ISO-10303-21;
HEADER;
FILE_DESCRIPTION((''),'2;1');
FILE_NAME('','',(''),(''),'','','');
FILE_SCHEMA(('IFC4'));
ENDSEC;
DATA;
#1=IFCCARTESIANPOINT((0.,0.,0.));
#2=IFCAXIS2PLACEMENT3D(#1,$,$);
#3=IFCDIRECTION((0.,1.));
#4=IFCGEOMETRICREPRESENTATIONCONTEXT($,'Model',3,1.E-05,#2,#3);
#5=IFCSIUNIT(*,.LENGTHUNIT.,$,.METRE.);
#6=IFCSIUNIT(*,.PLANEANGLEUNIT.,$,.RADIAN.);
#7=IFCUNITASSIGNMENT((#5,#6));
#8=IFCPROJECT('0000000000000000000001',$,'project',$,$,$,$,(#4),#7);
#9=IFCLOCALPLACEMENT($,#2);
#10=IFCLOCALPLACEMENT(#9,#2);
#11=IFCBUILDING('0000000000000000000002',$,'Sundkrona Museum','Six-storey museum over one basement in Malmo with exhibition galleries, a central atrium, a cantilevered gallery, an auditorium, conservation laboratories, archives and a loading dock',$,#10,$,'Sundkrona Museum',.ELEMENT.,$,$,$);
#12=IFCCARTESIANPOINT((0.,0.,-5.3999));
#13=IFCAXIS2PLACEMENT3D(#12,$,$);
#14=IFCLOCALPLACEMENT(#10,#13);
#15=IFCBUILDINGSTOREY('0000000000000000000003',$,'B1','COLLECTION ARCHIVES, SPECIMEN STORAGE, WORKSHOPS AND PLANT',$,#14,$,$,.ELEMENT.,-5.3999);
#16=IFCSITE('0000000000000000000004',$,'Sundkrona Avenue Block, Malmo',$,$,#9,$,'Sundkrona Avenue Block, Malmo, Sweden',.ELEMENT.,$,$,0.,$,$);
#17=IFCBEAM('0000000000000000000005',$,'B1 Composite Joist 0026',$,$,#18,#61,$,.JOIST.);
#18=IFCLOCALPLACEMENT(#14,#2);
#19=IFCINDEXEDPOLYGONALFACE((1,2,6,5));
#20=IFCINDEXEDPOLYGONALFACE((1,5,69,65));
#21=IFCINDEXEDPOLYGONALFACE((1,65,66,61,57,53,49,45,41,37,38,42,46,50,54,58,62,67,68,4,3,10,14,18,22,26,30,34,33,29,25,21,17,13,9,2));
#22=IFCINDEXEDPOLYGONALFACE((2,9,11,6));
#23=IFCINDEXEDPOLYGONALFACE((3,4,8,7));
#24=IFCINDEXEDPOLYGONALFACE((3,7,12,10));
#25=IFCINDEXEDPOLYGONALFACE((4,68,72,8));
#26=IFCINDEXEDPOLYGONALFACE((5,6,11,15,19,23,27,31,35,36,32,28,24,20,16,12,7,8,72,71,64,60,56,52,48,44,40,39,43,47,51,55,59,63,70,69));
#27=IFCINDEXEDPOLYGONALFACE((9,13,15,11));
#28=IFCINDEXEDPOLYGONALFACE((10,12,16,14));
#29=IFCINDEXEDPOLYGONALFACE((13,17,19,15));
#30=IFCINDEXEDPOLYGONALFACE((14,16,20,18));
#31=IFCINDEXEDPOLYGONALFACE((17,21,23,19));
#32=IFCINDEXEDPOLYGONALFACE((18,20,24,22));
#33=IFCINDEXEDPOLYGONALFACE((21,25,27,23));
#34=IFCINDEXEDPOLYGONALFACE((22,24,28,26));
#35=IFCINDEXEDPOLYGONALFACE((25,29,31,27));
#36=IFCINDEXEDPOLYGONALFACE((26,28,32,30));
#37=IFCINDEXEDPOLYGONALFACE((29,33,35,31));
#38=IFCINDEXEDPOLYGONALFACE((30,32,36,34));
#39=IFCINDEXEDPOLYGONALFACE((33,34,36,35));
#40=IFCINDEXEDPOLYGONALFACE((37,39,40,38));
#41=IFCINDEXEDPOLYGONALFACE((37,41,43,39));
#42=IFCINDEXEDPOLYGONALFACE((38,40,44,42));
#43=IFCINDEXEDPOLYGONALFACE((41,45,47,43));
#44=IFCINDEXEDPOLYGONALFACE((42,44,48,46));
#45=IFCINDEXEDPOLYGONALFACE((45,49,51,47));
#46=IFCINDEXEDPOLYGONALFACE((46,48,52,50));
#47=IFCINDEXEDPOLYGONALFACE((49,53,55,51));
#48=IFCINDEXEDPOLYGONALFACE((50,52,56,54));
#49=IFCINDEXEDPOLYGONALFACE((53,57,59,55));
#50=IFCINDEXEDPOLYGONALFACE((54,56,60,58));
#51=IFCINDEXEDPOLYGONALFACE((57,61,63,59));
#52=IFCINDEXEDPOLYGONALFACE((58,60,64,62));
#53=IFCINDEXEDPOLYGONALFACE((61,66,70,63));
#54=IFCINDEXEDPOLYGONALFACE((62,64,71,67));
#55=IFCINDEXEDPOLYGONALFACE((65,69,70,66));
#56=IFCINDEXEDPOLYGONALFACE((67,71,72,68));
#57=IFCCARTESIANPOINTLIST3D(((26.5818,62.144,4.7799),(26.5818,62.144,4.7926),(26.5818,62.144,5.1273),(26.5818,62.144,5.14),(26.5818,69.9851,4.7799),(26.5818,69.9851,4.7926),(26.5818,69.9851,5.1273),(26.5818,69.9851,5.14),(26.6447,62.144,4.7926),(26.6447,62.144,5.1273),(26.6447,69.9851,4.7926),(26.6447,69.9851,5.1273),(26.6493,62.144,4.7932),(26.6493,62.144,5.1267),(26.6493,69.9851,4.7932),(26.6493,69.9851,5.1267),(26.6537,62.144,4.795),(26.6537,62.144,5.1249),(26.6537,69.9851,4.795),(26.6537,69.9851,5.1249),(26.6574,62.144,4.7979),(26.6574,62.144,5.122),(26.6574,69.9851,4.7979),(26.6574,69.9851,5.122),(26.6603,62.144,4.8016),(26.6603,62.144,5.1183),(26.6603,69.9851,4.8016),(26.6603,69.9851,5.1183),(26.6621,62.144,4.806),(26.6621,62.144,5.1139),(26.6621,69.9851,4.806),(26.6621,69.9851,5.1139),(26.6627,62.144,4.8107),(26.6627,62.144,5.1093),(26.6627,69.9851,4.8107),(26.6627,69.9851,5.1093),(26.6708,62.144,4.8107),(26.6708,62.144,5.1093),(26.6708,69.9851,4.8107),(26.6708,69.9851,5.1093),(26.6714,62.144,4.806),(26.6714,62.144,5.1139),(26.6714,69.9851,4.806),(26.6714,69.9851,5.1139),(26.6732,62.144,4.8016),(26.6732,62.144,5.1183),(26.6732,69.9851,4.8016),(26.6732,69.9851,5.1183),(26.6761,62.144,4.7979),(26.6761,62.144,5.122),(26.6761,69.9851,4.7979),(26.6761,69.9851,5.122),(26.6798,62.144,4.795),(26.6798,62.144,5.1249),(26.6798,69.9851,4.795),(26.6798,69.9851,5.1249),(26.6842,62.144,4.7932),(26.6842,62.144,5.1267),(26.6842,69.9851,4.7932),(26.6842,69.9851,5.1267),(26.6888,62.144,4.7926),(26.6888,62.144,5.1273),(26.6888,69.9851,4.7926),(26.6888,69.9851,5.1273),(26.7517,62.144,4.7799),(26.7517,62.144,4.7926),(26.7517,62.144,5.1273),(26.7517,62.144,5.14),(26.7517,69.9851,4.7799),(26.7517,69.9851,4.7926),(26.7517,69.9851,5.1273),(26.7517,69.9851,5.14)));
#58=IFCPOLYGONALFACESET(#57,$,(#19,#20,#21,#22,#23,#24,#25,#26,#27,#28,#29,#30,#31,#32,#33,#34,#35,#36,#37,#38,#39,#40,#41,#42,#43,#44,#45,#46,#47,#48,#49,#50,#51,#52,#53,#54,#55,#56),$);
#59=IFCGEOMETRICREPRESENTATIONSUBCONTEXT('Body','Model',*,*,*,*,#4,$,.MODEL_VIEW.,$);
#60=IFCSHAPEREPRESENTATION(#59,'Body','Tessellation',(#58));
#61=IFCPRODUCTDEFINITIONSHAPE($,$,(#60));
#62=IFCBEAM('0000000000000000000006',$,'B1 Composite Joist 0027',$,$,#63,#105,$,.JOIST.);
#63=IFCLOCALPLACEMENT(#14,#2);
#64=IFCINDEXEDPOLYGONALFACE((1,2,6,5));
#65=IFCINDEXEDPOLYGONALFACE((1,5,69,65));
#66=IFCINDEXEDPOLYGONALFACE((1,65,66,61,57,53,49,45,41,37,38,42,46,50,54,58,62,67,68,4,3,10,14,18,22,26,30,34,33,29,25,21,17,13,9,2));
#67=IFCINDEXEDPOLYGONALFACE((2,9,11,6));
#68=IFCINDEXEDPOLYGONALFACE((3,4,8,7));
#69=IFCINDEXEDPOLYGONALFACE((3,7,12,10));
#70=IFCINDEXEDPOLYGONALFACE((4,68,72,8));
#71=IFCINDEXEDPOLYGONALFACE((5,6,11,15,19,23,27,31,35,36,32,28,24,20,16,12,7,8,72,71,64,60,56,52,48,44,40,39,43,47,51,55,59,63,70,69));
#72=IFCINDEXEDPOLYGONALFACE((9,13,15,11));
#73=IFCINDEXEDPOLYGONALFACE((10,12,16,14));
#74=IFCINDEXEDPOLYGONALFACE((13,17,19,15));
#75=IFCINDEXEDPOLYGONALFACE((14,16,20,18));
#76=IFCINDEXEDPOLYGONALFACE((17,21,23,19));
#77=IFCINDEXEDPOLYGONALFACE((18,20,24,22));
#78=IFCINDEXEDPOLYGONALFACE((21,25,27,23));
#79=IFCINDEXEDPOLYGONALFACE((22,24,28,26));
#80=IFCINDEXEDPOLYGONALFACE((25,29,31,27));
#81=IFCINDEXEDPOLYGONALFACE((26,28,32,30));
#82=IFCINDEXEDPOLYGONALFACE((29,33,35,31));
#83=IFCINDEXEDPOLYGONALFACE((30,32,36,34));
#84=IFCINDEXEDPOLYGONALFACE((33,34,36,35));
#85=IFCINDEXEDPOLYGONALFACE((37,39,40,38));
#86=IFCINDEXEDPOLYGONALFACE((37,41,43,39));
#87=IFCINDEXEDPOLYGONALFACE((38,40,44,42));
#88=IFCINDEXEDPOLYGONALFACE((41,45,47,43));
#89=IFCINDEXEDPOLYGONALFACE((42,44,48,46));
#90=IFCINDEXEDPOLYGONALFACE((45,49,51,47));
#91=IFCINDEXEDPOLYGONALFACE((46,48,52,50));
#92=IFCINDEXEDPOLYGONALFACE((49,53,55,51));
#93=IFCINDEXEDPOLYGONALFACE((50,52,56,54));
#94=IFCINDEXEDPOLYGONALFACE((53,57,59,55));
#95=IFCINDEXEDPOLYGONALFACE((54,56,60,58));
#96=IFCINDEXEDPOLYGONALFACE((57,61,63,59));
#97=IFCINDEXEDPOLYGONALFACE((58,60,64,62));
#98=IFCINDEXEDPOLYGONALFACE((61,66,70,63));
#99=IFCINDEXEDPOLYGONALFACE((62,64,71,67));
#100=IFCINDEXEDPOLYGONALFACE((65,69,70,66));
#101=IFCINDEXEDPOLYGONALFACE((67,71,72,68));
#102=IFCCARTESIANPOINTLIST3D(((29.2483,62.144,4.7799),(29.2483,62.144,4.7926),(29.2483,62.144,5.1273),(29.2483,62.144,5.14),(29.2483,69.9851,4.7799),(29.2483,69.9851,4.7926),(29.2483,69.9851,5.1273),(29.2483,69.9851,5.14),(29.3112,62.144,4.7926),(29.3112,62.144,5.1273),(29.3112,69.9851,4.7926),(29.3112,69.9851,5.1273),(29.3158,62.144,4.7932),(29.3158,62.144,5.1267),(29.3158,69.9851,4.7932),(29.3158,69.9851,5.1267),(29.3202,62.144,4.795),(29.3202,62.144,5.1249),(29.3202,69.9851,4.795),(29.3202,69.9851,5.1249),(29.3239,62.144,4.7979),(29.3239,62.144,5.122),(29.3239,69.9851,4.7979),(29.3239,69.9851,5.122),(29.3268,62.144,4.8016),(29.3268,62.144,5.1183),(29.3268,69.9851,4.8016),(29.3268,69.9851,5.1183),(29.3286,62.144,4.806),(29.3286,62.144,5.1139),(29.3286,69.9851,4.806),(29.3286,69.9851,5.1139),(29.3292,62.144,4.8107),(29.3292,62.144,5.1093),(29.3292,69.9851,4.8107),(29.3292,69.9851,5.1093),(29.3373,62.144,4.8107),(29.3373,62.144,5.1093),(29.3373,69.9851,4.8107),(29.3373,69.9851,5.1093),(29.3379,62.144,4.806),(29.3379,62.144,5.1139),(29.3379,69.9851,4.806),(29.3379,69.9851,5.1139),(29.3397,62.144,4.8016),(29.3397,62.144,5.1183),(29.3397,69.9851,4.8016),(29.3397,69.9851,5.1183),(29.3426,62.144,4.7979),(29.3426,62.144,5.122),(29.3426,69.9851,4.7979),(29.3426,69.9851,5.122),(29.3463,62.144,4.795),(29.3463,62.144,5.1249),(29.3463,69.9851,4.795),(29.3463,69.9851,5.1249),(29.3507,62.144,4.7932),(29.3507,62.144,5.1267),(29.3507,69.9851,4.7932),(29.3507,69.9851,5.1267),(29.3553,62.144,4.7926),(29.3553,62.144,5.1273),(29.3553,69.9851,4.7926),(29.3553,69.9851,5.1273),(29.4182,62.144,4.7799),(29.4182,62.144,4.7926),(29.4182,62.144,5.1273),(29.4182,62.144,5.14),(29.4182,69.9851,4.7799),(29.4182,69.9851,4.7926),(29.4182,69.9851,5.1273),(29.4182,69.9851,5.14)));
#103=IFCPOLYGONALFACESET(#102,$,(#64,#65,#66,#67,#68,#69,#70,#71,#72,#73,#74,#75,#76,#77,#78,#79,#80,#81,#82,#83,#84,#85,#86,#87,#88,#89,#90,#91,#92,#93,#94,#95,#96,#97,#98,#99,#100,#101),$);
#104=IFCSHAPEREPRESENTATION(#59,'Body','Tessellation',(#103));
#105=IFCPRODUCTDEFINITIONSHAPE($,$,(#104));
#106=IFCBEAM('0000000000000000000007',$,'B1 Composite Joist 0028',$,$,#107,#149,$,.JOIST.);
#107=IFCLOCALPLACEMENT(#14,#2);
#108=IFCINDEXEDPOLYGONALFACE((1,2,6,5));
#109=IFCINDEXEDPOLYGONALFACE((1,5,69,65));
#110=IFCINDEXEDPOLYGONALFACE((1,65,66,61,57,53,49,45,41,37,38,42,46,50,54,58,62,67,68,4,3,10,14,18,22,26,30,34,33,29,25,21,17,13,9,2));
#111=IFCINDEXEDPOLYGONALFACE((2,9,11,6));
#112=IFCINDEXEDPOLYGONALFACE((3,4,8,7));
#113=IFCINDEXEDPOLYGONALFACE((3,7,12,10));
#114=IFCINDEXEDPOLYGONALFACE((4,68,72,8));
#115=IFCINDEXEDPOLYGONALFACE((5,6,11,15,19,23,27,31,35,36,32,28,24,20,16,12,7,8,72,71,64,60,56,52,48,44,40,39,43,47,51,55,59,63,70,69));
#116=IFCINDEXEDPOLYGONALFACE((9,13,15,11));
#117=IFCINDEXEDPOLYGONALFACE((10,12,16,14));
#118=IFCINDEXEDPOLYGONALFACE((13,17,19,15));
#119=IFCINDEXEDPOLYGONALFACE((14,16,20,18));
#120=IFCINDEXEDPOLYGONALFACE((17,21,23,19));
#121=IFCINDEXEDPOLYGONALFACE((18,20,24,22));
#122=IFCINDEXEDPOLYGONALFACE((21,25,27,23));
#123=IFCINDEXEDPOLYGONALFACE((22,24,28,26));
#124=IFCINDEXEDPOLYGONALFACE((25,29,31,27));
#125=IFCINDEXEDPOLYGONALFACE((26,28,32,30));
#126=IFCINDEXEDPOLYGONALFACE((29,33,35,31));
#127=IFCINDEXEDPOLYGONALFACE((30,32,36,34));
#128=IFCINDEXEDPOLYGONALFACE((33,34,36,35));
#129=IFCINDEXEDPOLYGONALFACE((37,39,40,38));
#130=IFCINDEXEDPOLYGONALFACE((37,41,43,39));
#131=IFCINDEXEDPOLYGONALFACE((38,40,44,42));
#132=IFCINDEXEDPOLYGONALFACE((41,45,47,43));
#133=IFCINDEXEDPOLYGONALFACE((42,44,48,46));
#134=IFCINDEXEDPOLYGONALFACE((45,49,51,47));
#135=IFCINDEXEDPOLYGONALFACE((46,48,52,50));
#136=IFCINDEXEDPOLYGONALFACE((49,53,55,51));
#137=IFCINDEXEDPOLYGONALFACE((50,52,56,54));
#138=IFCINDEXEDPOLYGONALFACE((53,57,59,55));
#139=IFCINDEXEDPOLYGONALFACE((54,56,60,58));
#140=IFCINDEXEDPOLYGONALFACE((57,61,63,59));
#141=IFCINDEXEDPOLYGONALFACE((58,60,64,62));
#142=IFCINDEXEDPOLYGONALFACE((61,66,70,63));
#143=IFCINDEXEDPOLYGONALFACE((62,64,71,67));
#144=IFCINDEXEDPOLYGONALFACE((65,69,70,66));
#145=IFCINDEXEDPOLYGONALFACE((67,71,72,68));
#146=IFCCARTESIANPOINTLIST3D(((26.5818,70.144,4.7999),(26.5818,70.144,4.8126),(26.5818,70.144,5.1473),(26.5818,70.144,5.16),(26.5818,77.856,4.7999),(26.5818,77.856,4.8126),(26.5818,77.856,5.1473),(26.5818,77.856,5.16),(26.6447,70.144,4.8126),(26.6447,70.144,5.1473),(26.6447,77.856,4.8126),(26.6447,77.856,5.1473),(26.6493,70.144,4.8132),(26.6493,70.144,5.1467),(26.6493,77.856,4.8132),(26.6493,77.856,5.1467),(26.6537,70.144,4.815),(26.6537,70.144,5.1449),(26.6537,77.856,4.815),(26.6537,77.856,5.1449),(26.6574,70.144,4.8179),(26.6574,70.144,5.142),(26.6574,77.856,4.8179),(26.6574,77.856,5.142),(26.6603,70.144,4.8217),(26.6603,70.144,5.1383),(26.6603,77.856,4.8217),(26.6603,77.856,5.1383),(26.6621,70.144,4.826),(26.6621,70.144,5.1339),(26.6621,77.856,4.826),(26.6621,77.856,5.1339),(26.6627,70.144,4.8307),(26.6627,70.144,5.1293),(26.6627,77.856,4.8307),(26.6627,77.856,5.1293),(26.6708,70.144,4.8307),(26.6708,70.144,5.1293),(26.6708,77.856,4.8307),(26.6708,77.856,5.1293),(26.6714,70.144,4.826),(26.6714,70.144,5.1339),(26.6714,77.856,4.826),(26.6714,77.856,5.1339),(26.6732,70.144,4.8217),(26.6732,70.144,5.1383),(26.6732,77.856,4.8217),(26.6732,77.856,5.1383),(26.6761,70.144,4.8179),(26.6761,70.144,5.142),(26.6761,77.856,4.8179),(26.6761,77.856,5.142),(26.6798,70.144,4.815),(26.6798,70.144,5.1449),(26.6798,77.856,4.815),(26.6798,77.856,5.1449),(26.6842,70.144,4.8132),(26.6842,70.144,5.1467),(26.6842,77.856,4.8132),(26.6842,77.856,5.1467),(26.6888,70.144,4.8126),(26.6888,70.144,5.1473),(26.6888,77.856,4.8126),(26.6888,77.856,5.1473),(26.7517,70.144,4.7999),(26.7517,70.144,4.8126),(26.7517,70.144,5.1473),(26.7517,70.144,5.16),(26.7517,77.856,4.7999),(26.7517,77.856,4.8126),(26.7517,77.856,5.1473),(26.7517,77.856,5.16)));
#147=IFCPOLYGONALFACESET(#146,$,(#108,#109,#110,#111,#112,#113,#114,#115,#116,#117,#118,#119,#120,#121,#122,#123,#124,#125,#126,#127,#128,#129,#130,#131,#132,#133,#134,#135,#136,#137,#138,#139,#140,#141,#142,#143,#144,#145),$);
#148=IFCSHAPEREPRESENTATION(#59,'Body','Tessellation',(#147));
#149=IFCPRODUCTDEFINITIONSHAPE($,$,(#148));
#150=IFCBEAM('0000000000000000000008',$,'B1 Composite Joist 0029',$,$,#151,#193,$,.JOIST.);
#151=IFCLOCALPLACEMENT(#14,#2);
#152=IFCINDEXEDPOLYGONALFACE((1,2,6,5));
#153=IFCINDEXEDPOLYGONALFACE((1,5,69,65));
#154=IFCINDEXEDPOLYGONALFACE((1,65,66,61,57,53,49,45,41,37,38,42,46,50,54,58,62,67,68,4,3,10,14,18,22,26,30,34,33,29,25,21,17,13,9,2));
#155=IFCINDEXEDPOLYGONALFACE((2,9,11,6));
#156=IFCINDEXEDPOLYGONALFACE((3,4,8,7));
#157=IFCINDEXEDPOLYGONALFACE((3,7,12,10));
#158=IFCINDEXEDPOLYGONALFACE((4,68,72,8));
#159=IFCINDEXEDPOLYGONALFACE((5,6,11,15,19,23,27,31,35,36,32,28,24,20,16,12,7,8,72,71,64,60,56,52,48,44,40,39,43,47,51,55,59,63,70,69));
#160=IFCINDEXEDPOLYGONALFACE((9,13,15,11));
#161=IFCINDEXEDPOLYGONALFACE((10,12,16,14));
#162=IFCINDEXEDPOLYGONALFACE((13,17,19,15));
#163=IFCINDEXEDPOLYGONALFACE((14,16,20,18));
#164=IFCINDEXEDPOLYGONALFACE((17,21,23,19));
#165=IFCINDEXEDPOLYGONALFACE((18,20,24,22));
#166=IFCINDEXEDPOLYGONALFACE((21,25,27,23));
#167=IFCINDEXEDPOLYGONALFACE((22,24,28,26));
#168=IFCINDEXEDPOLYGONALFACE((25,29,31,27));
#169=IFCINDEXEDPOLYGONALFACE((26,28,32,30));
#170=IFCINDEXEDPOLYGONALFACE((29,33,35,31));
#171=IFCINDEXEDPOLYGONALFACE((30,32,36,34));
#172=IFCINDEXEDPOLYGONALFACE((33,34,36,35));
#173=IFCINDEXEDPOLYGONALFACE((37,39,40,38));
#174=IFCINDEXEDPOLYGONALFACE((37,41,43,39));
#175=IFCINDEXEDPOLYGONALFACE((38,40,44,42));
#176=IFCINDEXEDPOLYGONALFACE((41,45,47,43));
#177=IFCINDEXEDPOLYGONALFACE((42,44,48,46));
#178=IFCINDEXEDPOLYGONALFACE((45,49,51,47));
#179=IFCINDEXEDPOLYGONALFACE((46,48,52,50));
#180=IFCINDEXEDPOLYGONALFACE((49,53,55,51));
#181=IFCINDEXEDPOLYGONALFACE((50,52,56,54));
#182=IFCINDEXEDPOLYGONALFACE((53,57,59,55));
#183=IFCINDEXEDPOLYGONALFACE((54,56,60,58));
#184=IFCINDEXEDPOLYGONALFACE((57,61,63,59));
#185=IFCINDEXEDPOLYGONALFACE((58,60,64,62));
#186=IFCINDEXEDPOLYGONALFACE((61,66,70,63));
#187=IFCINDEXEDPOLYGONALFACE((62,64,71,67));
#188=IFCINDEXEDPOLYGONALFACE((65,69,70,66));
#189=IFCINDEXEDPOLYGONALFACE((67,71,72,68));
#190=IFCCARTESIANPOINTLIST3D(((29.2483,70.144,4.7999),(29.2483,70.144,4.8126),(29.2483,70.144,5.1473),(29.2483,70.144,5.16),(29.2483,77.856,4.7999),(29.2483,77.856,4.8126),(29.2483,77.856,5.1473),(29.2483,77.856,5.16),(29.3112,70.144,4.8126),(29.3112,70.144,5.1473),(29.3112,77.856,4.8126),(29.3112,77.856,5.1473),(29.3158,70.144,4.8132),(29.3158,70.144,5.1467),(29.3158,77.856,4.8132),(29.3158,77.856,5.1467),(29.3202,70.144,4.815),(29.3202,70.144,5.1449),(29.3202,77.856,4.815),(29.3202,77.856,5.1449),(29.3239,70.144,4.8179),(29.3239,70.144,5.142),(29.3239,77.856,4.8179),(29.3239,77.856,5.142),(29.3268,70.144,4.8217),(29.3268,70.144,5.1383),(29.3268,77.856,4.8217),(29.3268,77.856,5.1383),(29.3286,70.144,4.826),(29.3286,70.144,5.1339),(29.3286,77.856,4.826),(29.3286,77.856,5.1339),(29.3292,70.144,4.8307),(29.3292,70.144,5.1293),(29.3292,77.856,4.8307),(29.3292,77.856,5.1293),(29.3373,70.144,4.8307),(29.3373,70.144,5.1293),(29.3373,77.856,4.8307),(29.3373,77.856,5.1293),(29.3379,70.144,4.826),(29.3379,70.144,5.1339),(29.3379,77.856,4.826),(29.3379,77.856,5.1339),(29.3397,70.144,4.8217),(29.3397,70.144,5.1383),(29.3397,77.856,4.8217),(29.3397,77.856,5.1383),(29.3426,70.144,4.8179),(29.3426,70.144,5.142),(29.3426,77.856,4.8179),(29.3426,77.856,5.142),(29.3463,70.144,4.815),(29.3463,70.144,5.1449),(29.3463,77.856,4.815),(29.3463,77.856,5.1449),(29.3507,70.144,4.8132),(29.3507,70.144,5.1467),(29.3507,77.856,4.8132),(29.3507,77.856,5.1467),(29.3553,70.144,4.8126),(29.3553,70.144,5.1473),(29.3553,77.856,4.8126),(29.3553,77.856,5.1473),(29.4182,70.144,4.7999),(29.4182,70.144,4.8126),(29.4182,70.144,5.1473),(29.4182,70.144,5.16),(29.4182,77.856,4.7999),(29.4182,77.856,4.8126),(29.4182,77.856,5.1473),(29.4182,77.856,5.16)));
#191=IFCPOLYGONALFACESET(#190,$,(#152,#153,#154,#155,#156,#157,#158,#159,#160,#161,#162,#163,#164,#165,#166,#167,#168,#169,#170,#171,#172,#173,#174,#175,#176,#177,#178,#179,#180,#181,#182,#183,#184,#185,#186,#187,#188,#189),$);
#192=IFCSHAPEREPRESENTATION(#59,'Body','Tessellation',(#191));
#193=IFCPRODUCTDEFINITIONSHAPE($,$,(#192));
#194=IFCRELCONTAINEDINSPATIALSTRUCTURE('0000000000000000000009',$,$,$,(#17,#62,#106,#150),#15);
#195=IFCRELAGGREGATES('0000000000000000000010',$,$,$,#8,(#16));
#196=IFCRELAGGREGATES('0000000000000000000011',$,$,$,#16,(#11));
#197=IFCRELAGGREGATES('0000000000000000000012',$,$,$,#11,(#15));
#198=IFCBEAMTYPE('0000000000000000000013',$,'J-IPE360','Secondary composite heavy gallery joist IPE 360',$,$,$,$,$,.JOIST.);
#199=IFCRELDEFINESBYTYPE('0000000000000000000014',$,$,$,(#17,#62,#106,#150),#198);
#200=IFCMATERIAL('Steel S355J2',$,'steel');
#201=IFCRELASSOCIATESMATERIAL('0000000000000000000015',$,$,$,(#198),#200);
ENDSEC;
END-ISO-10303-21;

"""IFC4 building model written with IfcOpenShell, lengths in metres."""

from ifc_helpers import new_model, si_unit, direction, frame, origin, origin_2d, place, context, subcontext, project, spatial, i_section, extrude, material, material_profile, profile_set, type_object, element, save


model = new_model("IFC4")

# Units and contexts
model_context = context("Model", 3, precision=1e-05, world=origin(), true_north=direction((0.0, 1.0)))
body_context = subcontext(model_context, "Body", "Model", "MODEL_VIEW")
ifc_project = project(units=[si_unit("LENGTHUNIT", "METRE"), si_unit("PLANEANGLEUNIT", "RADIAN")], contexts=[model_context])

# Site, building, storey
site_placement = place(None, origin())
site = spatial("IfcSite", under=ifc_project, at=site_placement, Name="Sundkrona Avenue Block, Malmo", LongName="Sundkrona Avenue Block, Malmo, Sweden", CompositionType="ELEMENT", RefElevation=0.0)
building_placement = place(site_placement, origin())
building = spatial("IfcBuilding", under=site, at=building_placement, Name="Sundkrona Museum", Description="Six-storey museum over one basement in Malmo with exhibition galleries, a central atrium, a cantilevered gallery, an auditorium, conservation laboratories, archives and a loading dock", LongName="Sundkrona Museum", CompositionType="ELEMENT")
storey_placement = place(building_placement, frame((0.0, 0.0, -5.3999)))
storey = spatial("IfcBuildingStorey", under=building, at=storey_placement, Name="B1", Description="COLLECTION ARCHIVES, SPECIMEN STORAGE, WORKSHOPS AND PLANT", CompositionType="ELEMENT", Elevation=-5.3999)

# Beams
ifc_material_1 = material(Name="Steel S355J2", Category="steel")
ifc_material_profile_1 = material_profile(ifc_material_1, i_section(OverallWidth=0.1699, OverallDepth=0.3601, WebThickness=0.0081, FlangeThickness=0.0127, FilletRadius=0.0181, at=origin_2d()), Name="IPE 360")
ifc_profile_set_1 = profile_set([ifc_material_profile_1], Name="Steel S355J2")
beam_type_1 = type_object("IfcBeamType", Name="J-IPE360", Description="Secondary composite heavy gallery joist IPE 360", PredefinedType="JOIST", material=ifc_profile_set_1)
for number, where, z_axis, x_axis, name in (
    (1, (26.6667, 62.144, 4.96), (0.0, 1.0, 0.0), (-1.0, 0.0, 0.0), "B1 Composite Joist 0026"),
    (2, (29.3333, 62.144, 4.96), (0.0, 1.0, 0.0), (-1.0, 0.0, 0.0), "B1 Composite Joist 0027"),
):
    element("IfcBeam", number, at=place(storey_placement, frame(where, z_axis=z_axis, x_axis=x_axis)), inside=storey, type_object=beam_type_1, Name=name, PredefinedType="JOIST", context=body_context, shape_type="SweptSolid", body=[
        extrude(i_section(OverallWidth=0.1699, OverallDepth=0.3601, WebThickness=0.0081, FlangeThickness=0.0127, FilletRadius=0.0181, at=origin_2d()), origin(), (0.0, 0.0, 1.0), 7.8411),
    ])
for number, where, z_axis, x_axis, name in (
    (3, (26.6667, 70.144, 4.98), (0.0, 1.0, 0.0), (-1.0, 0.0, 0.0), "B1 Composite Joist 0028"),
    (4, (29.3333, 70.144, 4.98), (0.0, 1.0, 0.0), (-1.0, 0.0, 0.0), "B1 Composite Joist 0029"),
):
    element("IfcBeam", number, at=place(storey_placement, frame(where, z_axis=z_axis, x_axis=x_axis)), inside=storey, type_object=beam_type_1, Name=name, PredefinedType="JOIST", context=body_context, shape_type="SweptSolid", body=[
        extrude(i_section(OverallWidth=0.1699, OverallDepth=0.3601, WebThickness=0.0081, FlangeThickness=0.0127, FilletRadius=0.0181, at=origin_2d()), origin(), (0.0, 0.0, 1.0), 7.7119),
    ])

save(model, "model.ifc")
